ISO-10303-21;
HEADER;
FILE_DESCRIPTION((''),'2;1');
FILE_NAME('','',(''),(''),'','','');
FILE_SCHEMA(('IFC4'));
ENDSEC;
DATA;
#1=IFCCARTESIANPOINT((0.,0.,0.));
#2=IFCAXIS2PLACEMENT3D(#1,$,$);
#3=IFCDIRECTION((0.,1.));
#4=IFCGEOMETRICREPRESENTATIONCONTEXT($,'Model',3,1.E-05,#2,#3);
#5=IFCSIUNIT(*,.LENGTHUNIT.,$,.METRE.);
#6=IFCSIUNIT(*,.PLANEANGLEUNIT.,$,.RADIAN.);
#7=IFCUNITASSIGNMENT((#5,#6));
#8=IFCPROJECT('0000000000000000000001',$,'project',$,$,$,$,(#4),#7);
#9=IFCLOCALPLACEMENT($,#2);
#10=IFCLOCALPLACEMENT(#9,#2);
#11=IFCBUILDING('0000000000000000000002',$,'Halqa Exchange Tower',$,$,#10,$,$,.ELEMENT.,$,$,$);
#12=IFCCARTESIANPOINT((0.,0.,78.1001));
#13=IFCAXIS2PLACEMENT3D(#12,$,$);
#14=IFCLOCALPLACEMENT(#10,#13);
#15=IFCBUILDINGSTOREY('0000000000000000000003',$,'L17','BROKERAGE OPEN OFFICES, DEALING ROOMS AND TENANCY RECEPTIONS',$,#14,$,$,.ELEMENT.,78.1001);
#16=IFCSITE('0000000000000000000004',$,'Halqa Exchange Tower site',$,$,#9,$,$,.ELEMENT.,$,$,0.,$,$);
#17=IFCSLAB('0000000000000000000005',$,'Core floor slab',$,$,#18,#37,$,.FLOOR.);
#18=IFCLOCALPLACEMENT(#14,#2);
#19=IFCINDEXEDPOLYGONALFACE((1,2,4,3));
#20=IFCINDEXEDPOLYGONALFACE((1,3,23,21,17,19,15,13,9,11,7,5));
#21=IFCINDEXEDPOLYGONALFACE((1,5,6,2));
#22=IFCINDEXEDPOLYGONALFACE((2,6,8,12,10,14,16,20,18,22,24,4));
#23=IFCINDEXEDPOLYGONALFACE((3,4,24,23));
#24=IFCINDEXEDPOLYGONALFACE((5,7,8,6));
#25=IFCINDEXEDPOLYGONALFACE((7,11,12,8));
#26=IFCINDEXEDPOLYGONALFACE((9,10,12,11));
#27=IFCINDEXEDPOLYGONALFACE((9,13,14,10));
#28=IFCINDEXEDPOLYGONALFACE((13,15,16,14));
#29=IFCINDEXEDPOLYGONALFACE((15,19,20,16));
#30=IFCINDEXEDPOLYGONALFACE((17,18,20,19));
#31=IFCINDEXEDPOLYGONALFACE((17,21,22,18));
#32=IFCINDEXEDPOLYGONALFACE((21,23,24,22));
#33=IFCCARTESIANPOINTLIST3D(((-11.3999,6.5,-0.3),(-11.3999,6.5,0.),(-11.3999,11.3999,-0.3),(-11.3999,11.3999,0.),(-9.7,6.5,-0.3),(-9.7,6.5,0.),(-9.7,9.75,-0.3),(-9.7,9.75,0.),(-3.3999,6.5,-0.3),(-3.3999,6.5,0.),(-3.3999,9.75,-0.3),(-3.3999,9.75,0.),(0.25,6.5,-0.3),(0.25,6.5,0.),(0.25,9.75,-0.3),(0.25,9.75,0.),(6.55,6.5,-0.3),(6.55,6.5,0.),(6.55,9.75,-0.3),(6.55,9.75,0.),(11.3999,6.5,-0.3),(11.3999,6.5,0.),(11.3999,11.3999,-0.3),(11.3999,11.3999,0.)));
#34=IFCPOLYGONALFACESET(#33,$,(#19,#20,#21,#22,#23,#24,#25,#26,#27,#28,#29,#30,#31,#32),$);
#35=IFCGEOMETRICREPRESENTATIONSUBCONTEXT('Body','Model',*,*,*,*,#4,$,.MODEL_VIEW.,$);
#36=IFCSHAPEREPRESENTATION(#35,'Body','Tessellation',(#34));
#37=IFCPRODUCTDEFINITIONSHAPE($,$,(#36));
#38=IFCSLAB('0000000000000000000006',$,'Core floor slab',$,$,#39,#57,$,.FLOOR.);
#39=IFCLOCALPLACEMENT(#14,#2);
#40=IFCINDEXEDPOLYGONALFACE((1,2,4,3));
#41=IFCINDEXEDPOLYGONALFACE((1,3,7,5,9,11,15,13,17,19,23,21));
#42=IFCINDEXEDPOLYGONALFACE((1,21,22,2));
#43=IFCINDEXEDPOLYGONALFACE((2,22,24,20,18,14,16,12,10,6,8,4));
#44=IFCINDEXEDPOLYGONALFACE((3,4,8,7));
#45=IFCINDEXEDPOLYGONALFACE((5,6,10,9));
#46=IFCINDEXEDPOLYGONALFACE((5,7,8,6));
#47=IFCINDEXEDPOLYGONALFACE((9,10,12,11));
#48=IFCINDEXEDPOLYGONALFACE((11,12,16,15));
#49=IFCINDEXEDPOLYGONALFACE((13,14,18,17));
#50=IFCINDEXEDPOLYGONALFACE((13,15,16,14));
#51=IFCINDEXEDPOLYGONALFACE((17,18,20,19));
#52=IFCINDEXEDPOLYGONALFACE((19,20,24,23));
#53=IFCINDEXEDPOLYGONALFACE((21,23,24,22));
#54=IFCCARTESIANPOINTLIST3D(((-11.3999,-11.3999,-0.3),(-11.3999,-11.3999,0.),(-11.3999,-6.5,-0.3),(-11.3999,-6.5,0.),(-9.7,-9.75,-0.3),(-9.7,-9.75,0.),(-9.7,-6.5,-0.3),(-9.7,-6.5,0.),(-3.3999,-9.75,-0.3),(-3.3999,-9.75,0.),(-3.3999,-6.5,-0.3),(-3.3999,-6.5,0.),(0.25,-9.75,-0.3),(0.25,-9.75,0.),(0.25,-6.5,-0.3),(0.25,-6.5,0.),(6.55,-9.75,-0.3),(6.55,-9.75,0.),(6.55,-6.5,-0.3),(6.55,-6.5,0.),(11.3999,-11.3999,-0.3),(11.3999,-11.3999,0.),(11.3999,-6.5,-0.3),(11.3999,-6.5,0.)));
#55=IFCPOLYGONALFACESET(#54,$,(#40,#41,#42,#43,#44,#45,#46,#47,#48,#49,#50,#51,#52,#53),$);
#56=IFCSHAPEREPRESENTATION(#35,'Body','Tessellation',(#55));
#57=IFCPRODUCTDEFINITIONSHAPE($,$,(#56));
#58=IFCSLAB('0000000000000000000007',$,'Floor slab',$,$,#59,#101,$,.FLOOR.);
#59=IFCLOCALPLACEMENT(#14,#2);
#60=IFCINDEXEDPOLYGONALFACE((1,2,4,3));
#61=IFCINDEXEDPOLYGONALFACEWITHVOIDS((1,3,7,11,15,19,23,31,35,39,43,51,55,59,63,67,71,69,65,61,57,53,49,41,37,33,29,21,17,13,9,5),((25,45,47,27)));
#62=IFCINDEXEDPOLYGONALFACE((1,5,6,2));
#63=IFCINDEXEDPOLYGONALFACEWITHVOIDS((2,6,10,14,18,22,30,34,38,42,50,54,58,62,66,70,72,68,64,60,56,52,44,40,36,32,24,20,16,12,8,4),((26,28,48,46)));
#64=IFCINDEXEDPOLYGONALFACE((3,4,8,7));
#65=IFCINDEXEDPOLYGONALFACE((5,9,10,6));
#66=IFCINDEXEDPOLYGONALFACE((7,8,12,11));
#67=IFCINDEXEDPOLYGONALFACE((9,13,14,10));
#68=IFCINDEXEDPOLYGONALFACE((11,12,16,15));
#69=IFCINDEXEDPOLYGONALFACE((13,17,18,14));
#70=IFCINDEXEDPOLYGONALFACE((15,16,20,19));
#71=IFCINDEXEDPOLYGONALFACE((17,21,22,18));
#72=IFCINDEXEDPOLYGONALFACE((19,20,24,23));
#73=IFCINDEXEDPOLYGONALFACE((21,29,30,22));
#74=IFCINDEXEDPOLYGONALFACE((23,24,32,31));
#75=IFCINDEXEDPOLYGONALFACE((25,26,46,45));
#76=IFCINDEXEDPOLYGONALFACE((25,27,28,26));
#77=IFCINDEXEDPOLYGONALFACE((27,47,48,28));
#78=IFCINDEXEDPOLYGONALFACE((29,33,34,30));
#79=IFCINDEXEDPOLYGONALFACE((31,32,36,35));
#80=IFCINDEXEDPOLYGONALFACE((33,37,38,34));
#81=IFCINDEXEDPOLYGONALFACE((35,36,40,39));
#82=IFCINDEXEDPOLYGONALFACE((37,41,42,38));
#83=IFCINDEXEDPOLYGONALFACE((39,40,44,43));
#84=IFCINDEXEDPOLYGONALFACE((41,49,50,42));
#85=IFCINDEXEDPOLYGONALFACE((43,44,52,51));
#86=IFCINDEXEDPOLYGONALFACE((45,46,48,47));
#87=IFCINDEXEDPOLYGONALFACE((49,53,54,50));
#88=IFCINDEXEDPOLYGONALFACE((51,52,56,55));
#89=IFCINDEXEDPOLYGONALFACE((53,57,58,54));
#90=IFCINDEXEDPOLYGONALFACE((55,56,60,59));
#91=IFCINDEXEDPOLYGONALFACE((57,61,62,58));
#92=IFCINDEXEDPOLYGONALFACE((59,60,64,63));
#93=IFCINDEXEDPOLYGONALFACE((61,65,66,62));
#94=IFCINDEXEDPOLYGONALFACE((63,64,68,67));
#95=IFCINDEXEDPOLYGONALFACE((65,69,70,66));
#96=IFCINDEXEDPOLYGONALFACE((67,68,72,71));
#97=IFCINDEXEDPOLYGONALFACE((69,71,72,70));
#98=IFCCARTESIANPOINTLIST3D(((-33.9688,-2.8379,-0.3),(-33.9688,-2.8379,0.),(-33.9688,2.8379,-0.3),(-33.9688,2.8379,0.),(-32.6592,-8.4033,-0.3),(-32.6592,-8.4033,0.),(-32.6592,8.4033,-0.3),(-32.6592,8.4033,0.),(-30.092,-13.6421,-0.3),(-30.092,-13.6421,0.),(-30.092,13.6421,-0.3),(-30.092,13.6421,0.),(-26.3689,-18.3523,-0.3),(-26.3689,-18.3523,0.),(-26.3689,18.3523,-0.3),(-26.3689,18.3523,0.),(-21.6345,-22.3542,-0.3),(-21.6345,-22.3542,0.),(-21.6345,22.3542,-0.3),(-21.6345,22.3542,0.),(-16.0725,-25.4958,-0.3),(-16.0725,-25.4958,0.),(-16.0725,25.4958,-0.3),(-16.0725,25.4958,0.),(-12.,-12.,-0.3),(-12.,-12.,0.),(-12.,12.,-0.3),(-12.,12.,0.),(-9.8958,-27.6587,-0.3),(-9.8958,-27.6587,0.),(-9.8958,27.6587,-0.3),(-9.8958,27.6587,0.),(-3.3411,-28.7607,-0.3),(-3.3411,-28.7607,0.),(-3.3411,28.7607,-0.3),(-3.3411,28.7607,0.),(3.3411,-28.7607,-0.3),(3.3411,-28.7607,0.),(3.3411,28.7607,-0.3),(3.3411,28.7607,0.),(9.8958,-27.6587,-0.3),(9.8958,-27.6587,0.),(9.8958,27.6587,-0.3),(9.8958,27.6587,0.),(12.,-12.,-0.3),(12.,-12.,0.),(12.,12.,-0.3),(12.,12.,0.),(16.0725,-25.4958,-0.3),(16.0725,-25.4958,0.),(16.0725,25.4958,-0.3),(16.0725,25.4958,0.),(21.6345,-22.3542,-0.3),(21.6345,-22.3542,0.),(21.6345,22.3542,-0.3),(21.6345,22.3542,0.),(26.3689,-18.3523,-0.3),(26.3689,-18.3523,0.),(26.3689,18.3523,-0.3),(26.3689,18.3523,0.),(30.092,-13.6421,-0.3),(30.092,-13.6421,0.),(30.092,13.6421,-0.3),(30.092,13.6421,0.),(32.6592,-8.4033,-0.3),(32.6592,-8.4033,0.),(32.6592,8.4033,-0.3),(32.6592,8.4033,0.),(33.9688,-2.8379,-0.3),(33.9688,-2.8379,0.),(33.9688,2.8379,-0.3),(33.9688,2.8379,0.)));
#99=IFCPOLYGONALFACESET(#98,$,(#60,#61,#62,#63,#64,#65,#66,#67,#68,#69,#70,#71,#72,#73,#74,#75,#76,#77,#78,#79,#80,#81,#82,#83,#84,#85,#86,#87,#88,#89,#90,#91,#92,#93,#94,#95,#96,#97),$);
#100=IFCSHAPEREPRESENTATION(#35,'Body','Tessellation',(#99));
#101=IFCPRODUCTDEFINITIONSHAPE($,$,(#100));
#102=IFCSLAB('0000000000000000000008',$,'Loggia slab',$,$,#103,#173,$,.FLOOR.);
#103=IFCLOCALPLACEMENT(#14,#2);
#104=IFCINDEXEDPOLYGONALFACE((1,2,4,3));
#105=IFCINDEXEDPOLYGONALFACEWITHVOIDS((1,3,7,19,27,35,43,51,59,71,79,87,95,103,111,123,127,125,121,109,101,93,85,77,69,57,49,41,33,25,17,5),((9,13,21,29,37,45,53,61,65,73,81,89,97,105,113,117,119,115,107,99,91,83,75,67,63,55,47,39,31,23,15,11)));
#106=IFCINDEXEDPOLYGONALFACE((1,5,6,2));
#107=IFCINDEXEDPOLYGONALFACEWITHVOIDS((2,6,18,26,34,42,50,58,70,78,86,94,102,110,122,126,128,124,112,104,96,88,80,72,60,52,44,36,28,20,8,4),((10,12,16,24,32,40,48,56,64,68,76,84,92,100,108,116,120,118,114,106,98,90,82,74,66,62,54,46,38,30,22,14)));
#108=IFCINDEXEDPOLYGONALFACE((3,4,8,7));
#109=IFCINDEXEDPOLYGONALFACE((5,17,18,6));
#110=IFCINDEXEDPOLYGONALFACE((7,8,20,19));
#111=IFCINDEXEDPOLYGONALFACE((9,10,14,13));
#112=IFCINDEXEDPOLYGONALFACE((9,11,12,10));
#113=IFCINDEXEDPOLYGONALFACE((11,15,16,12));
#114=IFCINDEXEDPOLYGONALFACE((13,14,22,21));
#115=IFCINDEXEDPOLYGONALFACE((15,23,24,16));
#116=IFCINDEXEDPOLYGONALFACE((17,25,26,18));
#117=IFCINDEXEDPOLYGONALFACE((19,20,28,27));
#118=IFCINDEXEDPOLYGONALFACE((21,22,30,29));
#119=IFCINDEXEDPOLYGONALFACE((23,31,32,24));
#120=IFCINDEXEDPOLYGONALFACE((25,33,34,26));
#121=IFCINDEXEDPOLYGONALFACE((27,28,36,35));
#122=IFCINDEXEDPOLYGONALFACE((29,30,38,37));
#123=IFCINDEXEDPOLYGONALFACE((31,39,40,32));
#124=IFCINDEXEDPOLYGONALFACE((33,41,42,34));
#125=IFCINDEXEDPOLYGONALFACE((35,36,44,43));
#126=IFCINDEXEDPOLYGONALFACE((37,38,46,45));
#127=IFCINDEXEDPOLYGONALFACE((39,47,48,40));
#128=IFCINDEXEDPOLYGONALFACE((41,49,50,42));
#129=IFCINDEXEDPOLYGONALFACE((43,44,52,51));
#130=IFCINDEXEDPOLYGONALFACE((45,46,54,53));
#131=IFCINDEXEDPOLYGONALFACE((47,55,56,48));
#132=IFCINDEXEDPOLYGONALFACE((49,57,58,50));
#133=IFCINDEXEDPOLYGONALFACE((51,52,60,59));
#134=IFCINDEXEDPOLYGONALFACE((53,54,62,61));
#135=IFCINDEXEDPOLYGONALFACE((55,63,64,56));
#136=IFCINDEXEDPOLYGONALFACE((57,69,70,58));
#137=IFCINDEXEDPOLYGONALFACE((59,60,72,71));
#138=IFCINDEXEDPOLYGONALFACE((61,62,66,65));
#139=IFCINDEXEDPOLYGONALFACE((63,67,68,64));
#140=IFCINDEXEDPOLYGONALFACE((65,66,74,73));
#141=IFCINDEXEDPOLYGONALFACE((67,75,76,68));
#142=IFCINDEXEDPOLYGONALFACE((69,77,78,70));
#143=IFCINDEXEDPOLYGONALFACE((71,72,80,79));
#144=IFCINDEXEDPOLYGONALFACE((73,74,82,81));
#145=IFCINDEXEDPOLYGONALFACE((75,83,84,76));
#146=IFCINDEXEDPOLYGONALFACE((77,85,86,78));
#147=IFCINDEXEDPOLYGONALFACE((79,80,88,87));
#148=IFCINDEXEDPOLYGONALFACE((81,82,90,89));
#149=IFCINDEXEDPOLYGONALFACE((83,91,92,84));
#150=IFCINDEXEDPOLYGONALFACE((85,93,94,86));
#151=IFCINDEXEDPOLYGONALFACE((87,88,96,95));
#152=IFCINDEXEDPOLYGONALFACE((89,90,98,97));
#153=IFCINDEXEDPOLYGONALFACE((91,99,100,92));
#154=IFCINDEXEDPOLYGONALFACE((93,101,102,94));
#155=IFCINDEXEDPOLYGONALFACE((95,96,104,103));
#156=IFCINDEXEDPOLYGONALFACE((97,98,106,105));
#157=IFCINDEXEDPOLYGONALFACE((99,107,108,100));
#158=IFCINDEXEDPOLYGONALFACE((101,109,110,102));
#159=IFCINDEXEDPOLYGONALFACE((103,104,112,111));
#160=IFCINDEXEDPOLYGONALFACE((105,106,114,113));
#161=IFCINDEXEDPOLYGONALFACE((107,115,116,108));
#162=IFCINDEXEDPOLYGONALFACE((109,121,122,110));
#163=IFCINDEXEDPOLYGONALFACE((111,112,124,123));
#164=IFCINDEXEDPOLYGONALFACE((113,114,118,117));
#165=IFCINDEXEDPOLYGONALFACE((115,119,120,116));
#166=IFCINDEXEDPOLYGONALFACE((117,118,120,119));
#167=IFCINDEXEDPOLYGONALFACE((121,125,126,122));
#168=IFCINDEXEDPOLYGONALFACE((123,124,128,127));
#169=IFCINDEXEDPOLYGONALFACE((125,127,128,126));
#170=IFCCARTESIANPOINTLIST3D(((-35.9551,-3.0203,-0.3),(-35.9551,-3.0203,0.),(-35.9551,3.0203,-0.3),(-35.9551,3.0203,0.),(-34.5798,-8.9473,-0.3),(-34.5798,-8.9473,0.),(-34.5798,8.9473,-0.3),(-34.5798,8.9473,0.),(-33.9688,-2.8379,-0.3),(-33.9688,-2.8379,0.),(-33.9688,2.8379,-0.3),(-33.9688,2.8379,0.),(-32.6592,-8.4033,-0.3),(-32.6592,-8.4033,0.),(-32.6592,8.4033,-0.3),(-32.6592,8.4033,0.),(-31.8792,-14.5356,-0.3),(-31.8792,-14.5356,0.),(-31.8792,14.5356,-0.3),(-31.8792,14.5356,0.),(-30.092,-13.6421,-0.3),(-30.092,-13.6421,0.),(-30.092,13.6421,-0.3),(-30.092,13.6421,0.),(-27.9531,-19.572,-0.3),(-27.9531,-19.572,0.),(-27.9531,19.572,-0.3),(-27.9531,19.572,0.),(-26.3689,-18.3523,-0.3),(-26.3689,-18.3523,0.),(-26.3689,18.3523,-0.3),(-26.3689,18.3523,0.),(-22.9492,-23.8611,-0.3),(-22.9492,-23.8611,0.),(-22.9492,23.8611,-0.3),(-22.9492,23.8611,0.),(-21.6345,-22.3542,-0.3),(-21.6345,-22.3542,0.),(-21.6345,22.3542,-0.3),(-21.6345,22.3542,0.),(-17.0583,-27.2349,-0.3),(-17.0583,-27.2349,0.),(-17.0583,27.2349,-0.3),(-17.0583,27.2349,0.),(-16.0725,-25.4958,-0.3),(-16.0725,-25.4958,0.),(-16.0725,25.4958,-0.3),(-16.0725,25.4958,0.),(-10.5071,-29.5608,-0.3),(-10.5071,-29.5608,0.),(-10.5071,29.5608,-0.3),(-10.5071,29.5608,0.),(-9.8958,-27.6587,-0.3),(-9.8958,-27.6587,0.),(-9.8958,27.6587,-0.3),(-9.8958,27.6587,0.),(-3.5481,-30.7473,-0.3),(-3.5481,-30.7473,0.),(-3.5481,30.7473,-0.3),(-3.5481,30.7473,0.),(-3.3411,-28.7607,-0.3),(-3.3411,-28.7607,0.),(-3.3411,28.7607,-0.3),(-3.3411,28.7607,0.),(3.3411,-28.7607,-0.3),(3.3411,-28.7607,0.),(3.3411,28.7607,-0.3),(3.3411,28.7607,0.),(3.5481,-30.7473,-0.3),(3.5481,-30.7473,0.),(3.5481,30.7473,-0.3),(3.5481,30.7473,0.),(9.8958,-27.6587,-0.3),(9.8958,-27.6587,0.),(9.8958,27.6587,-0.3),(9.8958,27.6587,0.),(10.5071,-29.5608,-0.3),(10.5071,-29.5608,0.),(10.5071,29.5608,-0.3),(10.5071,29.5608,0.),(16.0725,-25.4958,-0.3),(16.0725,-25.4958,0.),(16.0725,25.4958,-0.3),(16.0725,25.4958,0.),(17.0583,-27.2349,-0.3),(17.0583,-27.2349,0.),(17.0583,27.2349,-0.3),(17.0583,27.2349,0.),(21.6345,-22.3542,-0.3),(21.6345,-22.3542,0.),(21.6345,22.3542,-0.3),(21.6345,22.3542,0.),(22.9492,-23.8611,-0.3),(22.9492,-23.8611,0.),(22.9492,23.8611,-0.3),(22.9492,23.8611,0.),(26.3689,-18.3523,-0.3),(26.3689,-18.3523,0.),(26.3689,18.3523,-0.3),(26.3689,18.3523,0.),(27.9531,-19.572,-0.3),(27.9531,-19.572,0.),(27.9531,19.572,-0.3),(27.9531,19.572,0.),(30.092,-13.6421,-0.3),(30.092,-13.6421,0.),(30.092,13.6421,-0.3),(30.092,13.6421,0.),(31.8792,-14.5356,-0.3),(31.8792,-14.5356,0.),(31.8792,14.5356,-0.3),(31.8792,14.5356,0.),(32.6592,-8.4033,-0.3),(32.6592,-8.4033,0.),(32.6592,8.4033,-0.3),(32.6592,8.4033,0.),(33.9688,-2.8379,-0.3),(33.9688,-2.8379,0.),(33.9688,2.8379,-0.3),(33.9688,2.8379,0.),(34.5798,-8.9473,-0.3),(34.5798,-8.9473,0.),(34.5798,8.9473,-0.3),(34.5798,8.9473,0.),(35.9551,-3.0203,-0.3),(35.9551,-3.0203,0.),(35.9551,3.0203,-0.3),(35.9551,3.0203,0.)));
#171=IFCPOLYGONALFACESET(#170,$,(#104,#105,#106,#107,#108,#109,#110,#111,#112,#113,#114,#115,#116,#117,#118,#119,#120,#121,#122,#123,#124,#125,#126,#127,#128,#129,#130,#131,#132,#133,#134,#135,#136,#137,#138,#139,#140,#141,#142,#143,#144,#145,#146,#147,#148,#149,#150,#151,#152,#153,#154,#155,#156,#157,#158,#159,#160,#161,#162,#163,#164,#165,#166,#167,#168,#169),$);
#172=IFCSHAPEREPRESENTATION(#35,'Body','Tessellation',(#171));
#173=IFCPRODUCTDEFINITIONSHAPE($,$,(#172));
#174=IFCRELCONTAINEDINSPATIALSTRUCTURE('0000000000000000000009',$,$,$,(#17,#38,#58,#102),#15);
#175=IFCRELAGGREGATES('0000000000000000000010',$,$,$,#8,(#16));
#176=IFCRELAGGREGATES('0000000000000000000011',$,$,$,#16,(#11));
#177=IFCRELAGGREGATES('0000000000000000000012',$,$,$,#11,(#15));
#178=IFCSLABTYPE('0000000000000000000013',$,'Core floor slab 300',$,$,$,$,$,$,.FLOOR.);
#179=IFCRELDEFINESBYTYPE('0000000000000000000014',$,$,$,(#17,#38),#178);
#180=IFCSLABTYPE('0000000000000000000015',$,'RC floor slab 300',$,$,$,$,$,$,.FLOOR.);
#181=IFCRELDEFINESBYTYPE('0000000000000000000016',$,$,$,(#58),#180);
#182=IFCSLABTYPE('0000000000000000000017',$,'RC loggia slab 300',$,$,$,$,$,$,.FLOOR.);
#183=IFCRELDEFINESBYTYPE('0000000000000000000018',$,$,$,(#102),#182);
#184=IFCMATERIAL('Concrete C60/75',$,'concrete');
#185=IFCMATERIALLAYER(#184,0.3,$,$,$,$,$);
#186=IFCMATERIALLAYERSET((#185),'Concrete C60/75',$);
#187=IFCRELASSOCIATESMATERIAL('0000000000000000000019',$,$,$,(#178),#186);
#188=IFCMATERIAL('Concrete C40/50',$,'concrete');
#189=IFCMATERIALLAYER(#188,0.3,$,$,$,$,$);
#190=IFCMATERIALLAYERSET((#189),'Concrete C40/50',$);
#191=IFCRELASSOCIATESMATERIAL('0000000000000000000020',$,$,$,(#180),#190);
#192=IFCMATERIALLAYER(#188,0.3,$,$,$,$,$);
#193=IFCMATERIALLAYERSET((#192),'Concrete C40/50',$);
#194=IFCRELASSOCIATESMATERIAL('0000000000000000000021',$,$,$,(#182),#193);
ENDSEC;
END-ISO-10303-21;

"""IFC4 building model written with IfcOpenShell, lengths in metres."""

from ifc_helpers import new_model, si_unit, direction, frame, origin, place, context, subcontext, project, spatial, polyline, outline, extrude, material, layer, layer_set, type_object, element, save


model = new_model("IFC4")

# Units and contexts
model_context = context("Model", 3, precision=1e-05, world=origin(), true_north=direction((0.0, 1.0)))
body_context = subcontext(model_context, "Body", "Model", "MODEL_VIEW")
ifc_project = project(units=[si_unit("LENGTHUNIT", "METRE"), si_unit("PLANEANGLEUNIT", "RADIAN")], contexts=[model_context])

# Site, building, storey
site_placement = place(None, origin())
site = spatial("IfcSite", under=ifc_project, at=site_placement, Name="Halqa Exchange Tower site", CompositionType="ELEMENT", RefElevation=0.0)
building_placement = place(site_placement, origin())
building = spatial("IfcBuilding", under=site, at=building_placement, Name="Halqa Exchange Tower", CompositionType="ELEMENT")
storey_placement = place(building_placement, frame((0.0, 0.0, 78.1001)))
storey = spatial("IfcBuildingStorey", under=building, at=storey_placement, Name="L17", Description="BROKERAGE OPEN OFFICES, DEALING ROOMS AND TENANCY RECEPTIONS", CompositionType="ELEMENT", Elevation=78.1001)

# Shared definitions
ifc_material_1 = material(Name="Concrete C60/75", Category="concrete")

# Slabs
ifc_layer_1 = layer(ifc_material_1, 0.3)
ifc_layer_set_1 = layer_set([ifc_layer_1], Name="Concrete C60/75")
slab_type_1 = type_object("IfcSlabType", Name="Core floor slab 300", PredefinedType="FLOOR", material=ifc_layer_set_1)
slab_1_placement = place(storey_placement, frame((0.0, 0.0, -0.3)))
element("IfcSlab", 1, at=slab_1_placement, inside=storey, type_object=slab_type_1, Name="Core floor slab", PredefinedType="FLOOR", context=body_context, shape_type="SweptSolid", body=[
    extrude(outline(polyline([(-11.3999, 11.3999), (11.3999, 11.3999), (11.3999, 6.5), (6.55, 6.5), (6.55, 9.75), (0.25, 9.75), (0.25, 6.5), (-3.3999, 6.5), (-3.3999, 9.75), (-9.7, 9.75), (-9.7, 6.5), (-11.3999, 6.5), (-11.3999, 11.3999)])), origin(), (0.0, 0.0, 1.0), 0.3),
])
slab_2_placement = place(storey_placement, frame((0.0, 0.0, -0.3)))
element("IfcSlab", 2, at=slab_2_placement, inside=storey, type_object=slab_type_1, Name="Core floor slab", PredefinedType="FLOOR", context=body_context, shape_type="SweptSolid", body=[
    extrude(outline(polyline([(-9.7, -9.75), (-3.3999, -9.75), (-3.3999, -6.5), (0.25, -6.5), (0.25, -9.75), (6.55, -9.75), (6.55, -6.5), (11.3999, -6.5), (11.3999, -11.3999), (-11.3999, -11.3999), (-11.3999, -6.5), (-9.7, -6.5), (-9.7, -9.75)])), origin(), (0.0, 0.0, 1.0), 0.3),
])
ifc_material_2 = material(Name="Concrete C40/50", Category="concrete")
ifc_layer_2 = layer(ifc_material_2, 0.3)
ifc_layer_set_2 = layer_set([ifc_layer_2], Name="Concrete C40/50")
slab_type_2 = type_object("IfcSlabType", Name="RC floor slab 300", PredefinedType="FLOOR", material=ifc_layer_set_2)
slab_3_placement = place(storey_placement, frame((0.0, 0.0, -0.3)))
element("IfcSlab", 3, at=slab_3_placement, inside=storey, type_object=slab_type_2, Name="Floor slab", PredefinedType="FLOOR", context=body_context, shape_type="SweptSolid", body=[
    extrude(outline(polyline([(33.9688, 2.8379), (32.6592, 8.4033), (30.092, 13.6421), (26.3689, 18.3523), (21.6345, 22.3542), (16.0725, 25.4958), (9.8958, 27.6587), (3.3411, 28.7607), (-3.3411, 28.7607), (-9.8958, 27.6587), (-16.0725, 25.4958), (-21.6345, 22.3542), (-26.3689, 18.3523), (-30.092, 13.6421), (-32.6592, 8.4033), (-33.9688, 2.8379), (-33.9688, -2.8379), (-32.6592, -8.4033), (-30.092, -13.6421), (-26.3689, -18.3523), (-21.6345, -22.3542), (-16.0725, -25.4958), (-9.8958, -27.6587), (-3.3411, -28.7607), (3.3411, -28.7607), (9.8958, -27.6587), (16.0725, -25.4958), (21.6345, -22.3542), (26.3689, -18.3523), (30.092, -13.6421), (32.6592, -8.4033), (33.9688, -2.8379), (33.9688, 2.8379)]), holes=[polyline([(-12.0, -12.0), (12.0, -12.0), (12.0, 12.0), (-12.0, 12.0), (-12.0, -12.0)])]), origin(), (0.0, 0.0, 1.0), 0.3),
])
ifc_layer_3 = layer(ifc_material_2, 0.3)
ifc_layer_set_3 = layer_set([ifc_layer_3], Name="Concrete C40/50")
slab_type_3 = type_object("IfcSlabType", Name="RC loggia slab 300", PredefinedType="FLOOR", material=ifc_layer_set_3)
slab_4_placement = place(storey_placement, frame((0.0, 0.0, -0.3)))
element("IfcSlab", 4, at=slab_4_placement, inside=storey, type_object=slab_type_3, Name="Loggia slab", PredefinedType="FLOOR", context=body_context, shape_type="SweptSolid", body=[
    extrude(outline(polyline([(35.9551, 3.0203), (35.9551, -3.0203), (34.5798, -8.9473), (31.8792, -14.5356), (27.9531, -19.572), (22.9492, -23.8611), (17.0583, -27.2349), (10.5071, -29.5608), (3.5481, -30.7473), (-3.5481, -30.7473), (-10.5071, -29.5608), (-17.0583, -27.2349), (-22.9492, -23.8611), (-27.9531, -19.572), (-31.8792, -14.5356), (-34.5798, -8.9473), (-35.9551, -3.0203), (-35.9551, 3.0203), (-34.5798, 8.9473), (-31.8792, 14.5356), (-27.9531, 19.572), (-22.9492, 23.8611), (-17.0583, 27.2349), (-10.5071, 29.5608), (-3.5481, 30.7473), (3.5481, 30.7473), (10.5071, 29.5608), (17.0583, 27.2349), (22.9492, 23.8611), (27.9531, 19.572), (31.8792, 14.5356), (34.5798, 8.9473), (35.9551, 3.0203)]), holes=[polyline([(33.9688, 2.8379), (32.6592, 8.4033), (30.092, 13.6421), (26.3689, 18.3523), (21.6345, 22.3542), (16.0725, 25.4958), (9.8958, 27.6587), (3.3411, 28.7607), (-3.3411, 28.7607), (-9.8958, 27.6587), (-16.0725, 25.4958), (-21.6345, 22.3542), (-26.3689, 18.3523), (-30.092, 13.6421), (-32.6592, 8.4033), (-33.9688, 2.8379), (-33.9688, -2.8379), (-32.6592, -8.4033), (-30.092, -13.6421), (-26.3689, -18.3523), (-21.6345, -22.3542), (-16.0725, -25.4958), (-9.8958, -27.6587), (-3.3411, -28.7607), (3.3411, -28.7607), (9.8958, -27.6587), (16.0725, -25.4958), (21.6345, -22.3542), (26.3689, -18.3523), (30.092, -13.6421), (32.6592, -8.4033), (33.9688, -2.8379), (33.9688, 2.8379)])]), origin(), (0.0, 0.0, 1.0), 0.3),
])

save(model, "model.ifc")
